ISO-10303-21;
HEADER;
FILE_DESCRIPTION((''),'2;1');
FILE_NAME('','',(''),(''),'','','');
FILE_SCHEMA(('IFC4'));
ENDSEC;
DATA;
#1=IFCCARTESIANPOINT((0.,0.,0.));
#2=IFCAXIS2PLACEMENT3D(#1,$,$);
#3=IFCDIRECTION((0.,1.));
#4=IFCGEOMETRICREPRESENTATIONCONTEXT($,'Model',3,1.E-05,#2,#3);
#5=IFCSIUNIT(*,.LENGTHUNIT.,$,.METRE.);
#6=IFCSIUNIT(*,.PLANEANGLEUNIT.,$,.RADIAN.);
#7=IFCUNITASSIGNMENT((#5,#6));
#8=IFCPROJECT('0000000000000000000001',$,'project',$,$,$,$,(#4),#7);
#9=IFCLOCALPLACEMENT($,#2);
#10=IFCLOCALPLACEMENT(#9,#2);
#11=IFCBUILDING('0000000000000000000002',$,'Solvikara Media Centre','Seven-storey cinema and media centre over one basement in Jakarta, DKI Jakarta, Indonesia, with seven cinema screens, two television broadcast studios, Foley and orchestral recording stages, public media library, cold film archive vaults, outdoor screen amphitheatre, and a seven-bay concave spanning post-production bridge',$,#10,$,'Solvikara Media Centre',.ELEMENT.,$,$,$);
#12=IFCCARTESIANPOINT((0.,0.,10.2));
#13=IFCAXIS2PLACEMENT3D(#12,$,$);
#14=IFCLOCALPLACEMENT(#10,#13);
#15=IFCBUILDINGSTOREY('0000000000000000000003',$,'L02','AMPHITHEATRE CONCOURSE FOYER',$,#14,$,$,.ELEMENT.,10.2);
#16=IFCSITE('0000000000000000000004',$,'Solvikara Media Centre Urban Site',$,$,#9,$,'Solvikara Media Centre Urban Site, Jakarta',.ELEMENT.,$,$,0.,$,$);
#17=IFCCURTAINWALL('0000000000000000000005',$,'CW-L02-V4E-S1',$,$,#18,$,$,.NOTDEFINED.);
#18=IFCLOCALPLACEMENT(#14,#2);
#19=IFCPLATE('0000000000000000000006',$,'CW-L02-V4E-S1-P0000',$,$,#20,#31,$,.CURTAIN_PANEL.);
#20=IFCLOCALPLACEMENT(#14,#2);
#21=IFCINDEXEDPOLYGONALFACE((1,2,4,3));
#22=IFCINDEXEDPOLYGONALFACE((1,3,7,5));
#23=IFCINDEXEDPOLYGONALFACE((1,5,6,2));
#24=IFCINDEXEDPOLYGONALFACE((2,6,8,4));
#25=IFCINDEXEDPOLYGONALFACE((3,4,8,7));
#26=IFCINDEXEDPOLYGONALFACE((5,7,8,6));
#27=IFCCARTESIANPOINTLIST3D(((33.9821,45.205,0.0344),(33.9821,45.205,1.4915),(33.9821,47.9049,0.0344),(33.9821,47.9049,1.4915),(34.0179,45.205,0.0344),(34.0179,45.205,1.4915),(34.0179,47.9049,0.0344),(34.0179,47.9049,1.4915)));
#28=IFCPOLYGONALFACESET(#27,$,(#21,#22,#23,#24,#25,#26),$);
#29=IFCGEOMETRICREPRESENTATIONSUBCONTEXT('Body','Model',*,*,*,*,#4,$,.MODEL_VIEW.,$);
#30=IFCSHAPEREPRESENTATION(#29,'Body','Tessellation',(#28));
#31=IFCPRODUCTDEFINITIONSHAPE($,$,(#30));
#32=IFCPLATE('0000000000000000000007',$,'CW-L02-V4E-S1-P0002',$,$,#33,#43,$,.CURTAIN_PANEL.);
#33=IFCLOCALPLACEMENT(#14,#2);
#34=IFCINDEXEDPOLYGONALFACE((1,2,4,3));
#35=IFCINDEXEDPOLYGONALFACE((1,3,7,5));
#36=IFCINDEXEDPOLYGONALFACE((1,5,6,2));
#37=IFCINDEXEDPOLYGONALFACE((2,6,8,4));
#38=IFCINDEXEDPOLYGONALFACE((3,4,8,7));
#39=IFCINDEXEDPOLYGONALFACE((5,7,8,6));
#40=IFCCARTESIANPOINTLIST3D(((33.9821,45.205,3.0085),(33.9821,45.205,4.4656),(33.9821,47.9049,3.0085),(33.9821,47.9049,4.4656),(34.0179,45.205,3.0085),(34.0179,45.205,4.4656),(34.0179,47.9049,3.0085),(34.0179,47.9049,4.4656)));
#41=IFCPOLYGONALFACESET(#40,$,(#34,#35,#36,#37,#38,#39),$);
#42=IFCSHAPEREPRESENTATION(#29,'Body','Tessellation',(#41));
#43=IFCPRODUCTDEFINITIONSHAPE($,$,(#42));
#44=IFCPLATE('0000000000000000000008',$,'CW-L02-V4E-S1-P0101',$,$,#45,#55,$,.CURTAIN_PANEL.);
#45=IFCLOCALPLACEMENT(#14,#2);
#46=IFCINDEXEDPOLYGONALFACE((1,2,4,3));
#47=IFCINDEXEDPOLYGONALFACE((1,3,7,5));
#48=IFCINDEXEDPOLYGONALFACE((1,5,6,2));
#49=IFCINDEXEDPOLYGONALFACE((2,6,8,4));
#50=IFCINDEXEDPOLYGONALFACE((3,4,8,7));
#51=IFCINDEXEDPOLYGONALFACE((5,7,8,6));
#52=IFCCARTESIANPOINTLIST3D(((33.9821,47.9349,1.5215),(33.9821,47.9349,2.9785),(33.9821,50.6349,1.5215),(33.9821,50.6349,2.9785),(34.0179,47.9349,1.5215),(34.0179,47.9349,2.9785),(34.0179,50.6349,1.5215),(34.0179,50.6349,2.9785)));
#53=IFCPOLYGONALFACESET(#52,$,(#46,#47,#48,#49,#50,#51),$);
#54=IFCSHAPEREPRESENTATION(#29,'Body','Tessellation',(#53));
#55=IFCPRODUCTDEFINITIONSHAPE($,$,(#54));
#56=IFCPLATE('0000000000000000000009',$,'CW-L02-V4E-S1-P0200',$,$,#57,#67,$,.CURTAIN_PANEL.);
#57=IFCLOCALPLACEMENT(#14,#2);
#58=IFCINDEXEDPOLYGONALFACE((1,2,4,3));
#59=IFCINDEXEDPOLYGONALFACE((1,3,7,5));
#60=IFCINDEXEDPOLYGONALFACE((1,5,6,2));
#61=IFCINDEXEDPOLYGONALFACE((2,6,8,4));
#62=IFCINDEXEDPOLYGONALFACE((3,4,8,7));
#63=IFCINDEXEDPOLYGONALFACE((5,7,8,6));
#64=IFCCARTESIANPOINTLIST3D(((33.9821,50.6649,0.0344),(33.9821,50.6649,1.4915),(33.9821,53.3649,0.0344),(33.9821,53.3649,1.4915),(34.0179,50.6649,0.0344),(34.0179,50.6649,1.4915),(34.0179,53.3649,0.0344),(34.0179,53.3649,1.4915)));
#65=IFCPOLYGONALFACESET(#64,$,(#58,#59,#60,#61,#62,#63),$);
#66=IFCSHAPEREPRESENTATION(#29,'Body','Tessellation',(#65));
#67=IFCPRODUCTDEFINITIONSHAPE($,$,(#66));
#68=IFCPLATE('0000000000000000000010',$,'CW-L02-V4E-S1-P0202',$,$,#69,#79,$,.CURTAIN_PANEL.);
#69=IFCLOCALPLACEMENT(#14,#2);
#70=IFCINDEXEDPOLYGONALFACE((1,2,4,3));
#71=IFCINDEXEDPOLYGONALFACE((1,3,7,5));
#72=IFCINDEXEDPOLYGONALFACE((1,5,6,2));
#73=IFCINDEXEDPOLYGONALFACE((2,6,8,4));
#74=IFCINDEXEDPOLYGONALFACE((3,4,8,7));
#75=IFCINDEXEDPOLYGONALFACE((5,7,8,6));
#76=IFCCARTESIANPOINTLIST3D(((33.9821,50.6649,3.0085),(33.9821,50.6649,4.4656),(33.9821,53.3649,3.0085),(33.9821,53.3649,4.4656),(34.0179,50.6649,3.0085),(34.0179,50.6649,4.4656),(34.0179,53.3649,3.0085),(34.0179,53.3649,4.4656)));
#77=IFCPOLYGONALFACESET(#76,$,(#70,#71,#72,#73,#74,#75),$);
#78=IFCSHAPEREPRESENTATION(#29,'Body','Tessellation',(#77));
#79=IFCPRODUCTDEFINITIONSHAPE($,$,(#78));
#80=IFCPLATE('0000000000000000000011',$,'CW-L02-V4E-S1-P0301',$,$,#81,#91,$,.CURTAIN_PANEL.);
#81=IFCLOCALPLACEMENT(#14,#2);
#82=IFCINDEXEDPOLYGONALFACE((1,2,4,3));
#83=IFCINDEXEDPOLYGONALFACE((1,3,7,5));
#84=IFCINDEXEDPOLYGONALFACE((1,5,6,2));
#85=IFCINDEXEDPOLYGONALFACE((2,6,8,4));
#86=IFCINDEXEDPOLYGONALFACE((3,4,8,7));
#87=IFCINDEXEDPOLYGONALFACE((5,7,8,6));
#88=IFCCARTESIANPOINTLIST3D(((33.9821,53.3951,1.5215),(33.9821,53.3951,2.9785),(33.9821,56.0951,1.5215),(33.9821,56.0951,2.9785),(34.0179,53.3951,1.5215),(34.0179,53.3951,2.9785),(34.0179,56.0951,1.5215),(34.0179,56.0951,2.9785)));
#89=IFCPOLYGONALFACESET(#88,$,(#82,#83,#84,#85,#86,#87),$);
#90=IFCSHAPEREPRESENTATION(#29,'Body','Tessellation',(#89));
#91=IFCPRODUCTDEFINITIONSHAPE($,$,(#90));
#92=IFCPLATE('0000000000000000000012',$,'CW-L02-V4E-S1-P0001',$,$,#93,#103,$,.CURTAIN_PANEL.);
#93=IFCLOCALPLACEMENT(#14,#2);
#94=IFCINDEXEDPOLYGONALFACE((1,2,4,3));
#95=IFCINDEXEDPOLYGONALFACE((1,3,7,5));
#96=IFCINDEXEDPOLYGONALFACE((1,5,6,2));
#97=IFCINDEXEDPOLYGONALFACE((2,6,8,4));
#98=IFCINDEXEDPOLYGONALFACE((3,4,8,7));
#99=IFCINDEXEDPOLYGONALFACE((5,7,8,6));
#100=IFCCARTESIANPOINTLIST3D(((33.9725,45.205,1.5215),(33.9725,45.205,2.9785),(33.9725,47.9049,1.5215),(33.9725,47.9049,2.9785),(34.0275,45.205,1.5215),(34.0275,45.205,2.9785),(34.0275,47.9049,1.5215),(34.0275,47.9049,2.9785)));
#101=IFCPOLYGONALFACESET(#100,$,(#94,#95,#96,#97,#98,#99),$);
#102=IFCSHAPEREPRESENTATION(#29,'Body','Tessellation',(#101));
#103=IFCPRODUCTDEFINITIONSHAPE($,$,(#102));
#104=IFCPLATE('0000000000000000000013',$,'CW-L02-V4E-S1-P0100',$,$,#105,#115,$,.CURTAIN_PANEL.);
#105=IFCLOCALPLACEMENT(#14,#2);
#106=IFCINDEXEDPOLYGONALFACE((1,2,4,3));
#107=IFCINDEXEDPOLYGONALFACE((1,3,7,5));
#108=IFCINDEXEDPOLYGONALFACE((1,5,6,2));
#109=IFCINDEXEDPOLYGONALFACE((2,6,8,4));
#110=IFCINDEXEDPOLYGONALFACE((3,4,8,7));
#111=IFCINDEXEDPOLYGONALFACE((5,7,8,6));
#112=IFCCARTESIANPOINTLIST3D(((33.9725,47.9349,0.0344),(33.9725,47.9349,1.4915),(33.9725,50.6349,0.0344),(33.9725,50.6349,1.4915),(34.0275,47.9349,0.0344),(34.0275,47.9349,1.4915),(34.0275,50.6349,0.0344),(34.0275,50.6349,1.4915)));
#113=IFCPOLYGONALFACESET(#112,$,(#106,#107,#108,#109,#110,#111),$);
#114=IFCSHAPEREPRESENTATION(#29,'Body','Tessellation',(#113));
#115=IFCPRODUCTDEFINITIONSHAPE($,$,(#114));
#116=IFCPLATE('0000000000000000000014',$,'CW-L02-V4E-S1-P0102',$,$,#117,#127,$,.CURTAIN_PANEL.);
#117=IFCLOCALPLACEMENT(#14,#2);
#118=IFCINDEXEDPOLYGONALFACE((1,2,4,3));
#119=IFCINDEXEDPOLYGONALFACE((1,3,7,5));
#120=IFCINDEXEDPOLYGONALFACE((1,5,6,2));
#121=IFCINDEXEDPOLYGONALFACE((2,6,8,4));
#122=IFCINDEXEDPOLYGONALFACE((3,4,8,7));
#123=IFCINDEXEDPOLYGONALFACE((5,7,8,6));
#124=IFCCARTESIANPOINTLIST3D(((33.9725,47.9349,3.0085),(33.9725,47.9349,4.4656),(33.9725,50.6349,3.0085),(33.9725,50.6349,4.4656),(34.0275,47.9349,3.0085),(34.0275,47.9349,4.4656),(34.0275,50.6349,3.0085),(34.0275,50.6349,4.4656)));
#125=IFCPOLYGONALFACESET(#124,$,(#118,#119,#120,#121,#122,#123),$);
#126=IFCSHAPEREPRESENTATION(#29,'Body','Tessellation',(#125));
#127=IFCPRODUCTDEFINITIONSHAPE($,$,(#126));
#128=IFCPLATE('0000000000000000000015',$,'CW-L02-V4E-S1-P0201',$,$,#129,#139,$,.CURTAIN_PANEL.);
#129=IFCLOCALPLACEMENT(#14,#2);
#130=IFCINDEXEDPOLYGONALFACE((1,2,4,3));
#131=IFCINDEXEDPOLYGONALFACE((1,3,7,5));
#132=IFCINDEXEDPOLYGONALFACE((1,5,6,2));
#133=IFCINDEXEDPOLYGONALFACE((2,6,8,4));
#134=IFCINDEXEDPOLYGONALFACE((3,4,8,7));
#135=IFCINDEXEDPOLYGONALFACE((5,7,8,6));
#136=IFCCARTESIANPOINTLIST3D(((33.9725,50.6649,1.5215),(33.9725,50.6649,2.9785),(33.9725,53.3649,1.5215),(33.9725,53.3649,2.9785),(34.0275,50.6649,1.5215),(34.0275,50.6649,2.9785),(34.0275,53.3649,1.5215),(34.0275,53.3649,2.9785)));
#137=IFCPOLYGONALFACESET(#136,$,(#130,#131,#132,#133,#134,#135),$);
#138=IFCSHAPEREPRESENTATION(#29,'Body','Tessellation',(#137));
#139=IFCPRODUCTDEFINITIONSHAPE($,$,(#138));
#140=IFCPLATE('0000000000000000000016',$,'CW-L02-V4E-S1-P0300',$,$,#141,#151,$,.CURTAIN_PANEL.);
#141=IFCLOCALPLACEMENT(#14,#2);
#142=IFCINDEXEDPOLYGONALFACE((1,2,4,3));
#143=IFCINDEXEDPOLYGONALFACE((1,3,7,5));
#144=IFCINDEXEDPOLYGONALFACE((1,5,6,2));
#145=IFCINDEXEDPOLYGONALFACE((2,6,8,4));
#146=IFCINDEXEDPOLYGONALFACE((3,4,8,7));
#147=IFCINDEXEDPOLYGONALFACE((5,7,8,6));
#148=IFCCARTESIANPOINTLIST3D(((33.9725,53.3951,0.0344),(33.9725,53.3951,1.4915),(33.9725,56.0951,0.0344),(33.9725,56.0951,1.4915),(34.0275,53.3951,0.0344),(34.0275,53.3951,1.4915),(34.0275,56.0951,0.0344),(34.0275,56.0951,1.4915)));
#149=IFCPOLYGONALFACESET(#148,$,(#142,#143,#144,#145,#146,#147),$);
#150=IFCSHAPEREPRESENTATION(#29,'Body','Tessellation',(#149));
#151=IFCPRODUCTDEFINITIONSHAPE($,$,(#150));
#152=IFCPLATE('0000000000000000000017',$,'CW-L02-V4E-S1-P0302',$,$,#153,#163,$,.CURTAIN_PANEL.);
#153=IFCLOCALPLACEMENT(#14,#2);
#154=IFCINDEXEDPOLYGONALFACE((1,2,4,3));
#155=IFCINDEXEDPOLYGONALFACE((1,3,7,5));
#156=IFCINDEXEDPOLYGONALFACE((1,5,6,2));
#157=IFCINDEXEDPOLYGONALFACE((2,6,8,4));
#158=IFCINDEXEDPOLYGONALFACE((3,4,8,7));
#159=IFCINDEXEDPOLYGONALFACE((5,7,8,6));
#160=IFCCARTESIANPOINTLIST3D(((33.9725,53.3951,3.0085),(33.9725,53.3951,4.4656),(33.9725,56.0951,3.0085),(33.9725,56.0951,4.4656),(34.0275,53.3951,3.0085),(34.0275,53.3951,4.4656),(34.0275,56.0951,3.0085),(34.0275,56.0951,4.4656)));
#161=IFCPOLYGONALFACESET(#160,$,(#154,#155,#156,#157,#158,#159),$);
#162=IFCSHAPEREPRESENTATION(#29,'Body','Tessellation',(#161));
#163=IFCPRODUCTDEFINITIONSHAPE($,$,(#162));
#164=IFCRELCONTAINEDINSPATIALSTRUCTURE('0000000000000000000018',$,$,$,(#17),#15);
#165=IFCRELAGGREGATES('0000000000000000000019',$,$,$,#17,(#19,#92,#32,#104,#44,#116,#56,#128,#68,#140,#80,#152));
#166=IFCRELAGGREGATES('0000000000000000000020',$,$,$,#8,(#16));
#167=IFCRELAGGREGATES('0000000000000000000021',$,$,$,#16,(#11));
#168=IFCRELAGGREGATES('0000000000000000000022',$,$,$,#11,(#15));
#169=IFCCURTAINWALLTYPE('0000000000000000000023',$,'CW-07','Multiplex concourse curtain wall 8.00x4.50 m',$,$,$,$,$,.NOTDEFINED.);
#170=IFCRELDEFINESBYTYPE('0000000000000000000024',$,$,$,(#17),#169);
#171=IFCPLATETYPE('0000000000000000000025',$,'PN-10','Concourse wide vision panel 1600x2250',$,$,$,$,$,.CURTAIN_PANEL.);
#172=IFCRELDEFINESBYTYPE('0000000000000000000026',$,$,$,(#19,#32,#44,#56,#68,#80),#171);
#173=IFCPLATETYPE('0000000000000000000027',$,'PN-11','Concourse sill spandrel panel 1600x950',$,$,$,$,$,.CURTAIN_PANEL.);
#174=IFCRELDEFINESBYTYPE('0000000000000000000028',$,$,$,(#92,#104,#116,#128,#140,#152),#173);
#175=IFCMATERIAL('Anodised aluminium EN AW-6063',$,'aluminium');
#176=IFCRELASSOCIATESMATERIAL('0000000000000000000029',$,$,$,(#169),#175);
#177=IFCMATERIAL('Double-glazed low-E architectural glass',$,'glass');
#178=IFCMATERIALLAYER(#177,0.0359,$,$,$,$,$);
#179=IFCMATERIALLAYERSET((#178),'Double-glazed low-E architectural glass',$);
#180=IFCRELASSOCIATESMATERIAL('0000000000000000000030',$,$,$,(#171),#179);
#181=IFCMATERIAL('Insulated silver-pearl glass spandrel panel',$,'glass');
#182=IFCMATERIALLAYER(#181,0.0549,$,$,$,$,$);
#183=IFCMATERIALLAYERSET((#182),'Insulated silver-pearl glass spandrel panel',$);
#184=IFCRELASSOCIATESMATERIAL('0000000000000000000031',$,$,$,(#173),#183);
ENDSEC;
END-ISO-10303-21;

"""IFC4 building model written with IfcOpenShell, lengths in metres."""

from ifc_helpers import new_model, si_unit, direction, frame, origin, origin_2d, place, context, subcontext, project, spatial, rectangle, extrude, material, layer, layer_set, type_object, element, aggregate, save


model = new_model("IFC4")

# Units and contexts
model_context = context("Model", 3, precision=1e-05, world=origin(), true_north=direction((0.0, 1.0)))
body_context = subcontext(model_context, "Body", "Model", "MODEL_VIEW")
ifc_project = project(units=[si_unit("LENGTHUNIT", "METRE"), si_unit("PLANEANGLEUNIT", "RADIAN")], contexts=[model_context])

# Site, building, storey
site_placement = place(None, origin())
site = spatial("IfcSite", under=ifc_project, at=site_placement, Name="Solvikara Media Centre Urban Site", LongName="Solvikara Media Centre Urban Site, Jakarta", CompositionType="ELEMENT", RefElevation=0.0)
building_placement = place(site_placement, origin())
building = spatial("IfcBuilding", under=site, at=building_placement, Name="Solvikara Media Centre", Description="Seven-storey cinema and media centre over one basement in Jakarta, DKI Jakarta, Indonesia, with seven cinema screens, two television broadcast studios, Foley and orchestral recording stages, public media library, cold film archive vaults, outdoor screen amphitheatre, and a seven-bay concave spanning post-production bridge", LongName="Solvikara Media Centre", CompositionType="ELEMENT")
storey_placement = place(building_placement, frame((0.0, 0.0, 10.2)))
storey = spatial("IfcBuildingStorey", under=building, at=storey_placement, Name="L02", Description="AMPHITHEATRE CONCOURSE FOYER", CompositionType="ELEMENT", Elevation=10.2)

# Curtain wall
ifc_material_1 = material(Name="Anodised aluminium EN AW-6063", Category="aluminium")
curtain_wall_type = type_object("IfcCurtainWallType", Name="CW-07", Description="Multiplex concourse curtain wall 8.00x4.50 m", PredefinedType="NOTDEFINED", material=ifc_material_1)
curtain_wall_1_placement = place(storey_placement, origin())
curtain_wall_1 = element("IfcCurtainWall", 1, at=curtain_wall_1_placement, inside=storey, type_object=curtain_wall_type, Name="CW-L02-V4E-S1", PredefinedType="NOTDEFINED")

# Plates
ifc_material_2 = material(Name="Double-glazed low-E architectural glass", Category="glass")
ifc_layer_1 = layer(ifc_material_2, 0.0359)
ifc_layer_set_1 = layer_set([ifc_layer_1], Name="Double-glazed low-E architectural glass")
plate_type_1 = type_object("IfcPlateType", Name="PN-10", Description="Concourse wide vision panel 1600x2250", PredefinedType="CURTAIN_PANEL", material=ifc_layer_set_1)
plate_1_placement = place(storey_placement, frame((34.0, 46.5549, 0.0344), z_axis=(0.0, 0.0, 1.0), x_axis=(0.0, 1.0, 0.0)))
plate_1 = element("IfcPlate", 2, at=plate_1_placement, type_object=plate_type_1, Name="CW-L02-V4E-S1-P0000", PredefinedType="CURTAIN_PANEL", context=body_context, shape_type="SweptSolid", body=[
    extrude(rectangle(XDim=2.7, YDim=0.0359, at=origin_2d()), origin(), (0.0, 0.0, 1.0), 1.457),
])
plate_2_placement = place(storey_placement, frame((34.0, 46.5549, 3.0085), z_axis=(0.0, 0.0, 1.0), x_axis=(0.0, 1.0, 0.0)))
plate_2 = element("IfcPlate", 3, at=plate_2_placement, type_object=plate_type_1, Name="CW-L02-V4E-S1-P0002", PredefinedType="CURTAIN_PANEL", context=body_context, shape_type="SweptSolid", body=[
    extrude(rectangle(XDim=2.7, YDim=0.0359, at=origin_2d()), origin(), (0.0, 0.0, 1.0), 1.457),
])
plate_3_placement = place(storey_placement, frame((34.0, 49.2849, 1.5215), z_axis=(0.0, 0.0, 1.0), x_axis=(0.0, 1.0, 0.0)))
plate_3 = element("IfcPlate", 4, at=plate_3_placement, type_object=plate_type_1, Name="CW-L02-V4E-S1-P0101", PredefinedType="CURTAIN_PANEL", context=body_context, shape_type="SweptSolid", body=[
    extrude(rectangle(XDim=2.7, YDim=0.0359, at=origin_2d()), origin(), (0.0, 0.0, 1.0), 1.457),
])
plate_4_placement = place(storey_placement, frame((34.0, 52.0149, 0.0344), z_axis=(0.0, 0.0, 1.0), x_axis=(0.0, 1.0, 0.0)))
plate_4 = element("IfcPlate", 5, at=plate_4_placement, type_object=plate_type_1, Name="CW-L02-V4E-S1-P0200", PredefinedType="CURTAIN_PANEL", context=body_context, shape_type="SweptSolid", body=[
    extrude(rectangle(XDim=2.7, YDim=0.0359, at=origin_2d()), origin(), (0.0, 0.0, 1.0), 1.457),
])
plate_5_placement = place(storey_placement, frame((34.0, 52.0149, 3.0085), z_axis=(0.0, 0.0, 1.0), x_axis=(0.0, 1.0, 0.0)))
plate_5 = element("IfcPlate", 6, at=plate_5_placement, type_object=plate_type_1, Name="CW-L02-V4E-S1-P0202", PredefinedType="CURTAIN_PANEL", context=body_context, shape_type="SweptSolid", body=[
    extrude(rectangle(XDim=2.7, YDim=0.0359, at=origin_2d()), origin(), (0.0, 0.0, 1.0), 1.457),
])
plate_6_placement = place(storey_placement, frame((34.0, 54.7451, 1.5215), z_axis=(0.0, 0.0, 1.0), x_axis=(0.0, 1.0, 0.0)))
plate_6 = element("IfcPlate", 7, at=plate_6_placement, type_object=plate_type_1, Name="CW-L02-V4E-S1-P0301", PredefinedType="CURTAIN_PANEL", context=body_context, shape_type="SweptSolid", body=[
    extrude(rectangle(XDim=2.7, YDim=0.0359, at=origin_2d()), origin(), (0.0, 0.0, 1.0), 1.457),
])
ifc_material_3 = material(Name="Insulated silver-pearl glass spandrel panel", Category="glass")
ifc_layer_2 = layer(ifc_material_3, 0.0549)
ifc_layer_set_2 = layer_set([ifc_layer_2], Name="Insulated silver-pearl glass spandrel panel")
plate_type_2 = type_object("IfcPlateType", Name="PN-11", Description="Concourse sill spandrel panel 1600x950", PredefinedType="CURTAIN_PANEL", material=ifc_layer_set_2)
plate_7_placement = place(storey_placement, frame((34.0, 46.5549, 1.5215), z_axis=(0.0, 0.0, 1.0), x_axis=(0.0, 1.0, 0.0)))
plate_7 = element("IfcPlate", 8, at=plate_7_placement, type_object=plate_type_2, Name="CW-L02-V4E-S1-P0001", PredefinedType="CURTAIN_PANEL", context=body_context, shape_type="SweptSolid", body=[
    extrude(rectangle(XDim=2.7, YDim=0.0549, at=origin_2d()), origin(), (0.0, 0.0, 1.0), 1.457),
])
plate_8_placement = place(storey_placement, frame((34.0, 49.2849, 0.0344), z_axis=(0.0, 0.0, 1.0), x_axis=(0.0, 1.0, 0.0)))
plate_8 = element("IfcPlate", 9, at=plate_8_placement, type_object=plate_type_2, Name="CW-L02-V4E-S1-P0100", PredefinedType="CURTAIN_PANEL", context=body_context, shape_type="SweptSolid", body=[
    extrude(rectangle(XDim=2.7, YDim=0.0549, at=origin_2d()), origin(), (0.0, 0.0, 1.0), 1.457),
])
plate_9_placement = place(storey_placement, frame((34.0, 49.2849, 3.0085), z_axis=(0.0, 0.0, 1.0), x_axis=(0.0, 1.0, 0.0)))
plate_9 = element("IfcPlate", 10, at=plate_9_placement, type_object=plate_type_2, Name="CW-L02-V4E-S1-P0102", PredefinedType="CURTAIN_PANEL", context=body_context, shape_type="SweptSolid", body=[
    extrude(rectangle(XDim=2.7, YDim=0.0549, at=origin_2d()), origin(), (0.0, 0.0, 1.0), 1.457),
])
plate_10_placement = place(storey_placement, frame((34.0, 52.0149, 1.5215), z_axis=(0.0, 0.0, 1.0), x_axis=(0.0, 1.0, 0.0)))
plate_10 = element("IfcPlate", 11, at=plate_10_placement, type_object=plate_type_2, Name="CW-L02-V4E-S1-P0201", PredefinedType="CURTAIN_PANEL", context=body_context, shape_type="SweptSolid", body=[
    extrude(rectangle(XDim=2.7, YDim=0.0549, at=origin_2d()), origin(), (0.0, 0.0, 1.0), 1.457),
])
plate_11_placement = place(storey_placement, frame((34.0, 54.7451, 0.0344), z_axis=(0.0, 0.0, 1.0), x_axis=(0.0, 1.0, 0.0)))
plate_11 = element("IfcPlate", 12, at=plate_11_placement, type_object=plate_type_2, Name="CW-L02-V4E-S1-P0300", PredefinedType="CURTAIN_PANEL", context=body_context, shape_type="SweptSolid", body=[
    extrude(rectangle(XDim=2.7, YDim=0.0549, at=origin_2d()), origin(), (0.0, 0.0, 1.0), 1.457),
])
plate_12_placement = place(storey_placement, frame((34.0, 54.7451, 3.0085), z_axis=(0.0, 0.0, 1.0), x_axis=(0.0, 1.0, 0.0)))
plate_12 = element("IfcPlate", 13, at=plate_12_placement, type_object=plate_type_2, Name="CW-L02-V4E-S1-P0302", PredefinedType="CURTAIN_PANEL", context=body_context, shape_type="SweptSolid", body=[
    extrude(rectangle(XDim=2.7, YDim=0.0549, at=origin_2d()), origin(), (0.0, 0.0, 1.0), 1.457),
])
aggregate(curtain_wall_1, [plate_1, plate_7, plate_2, plate_8, plate_3, plate_9, plate_4, plate_10, plate_5, plate_11, plate_6, plate_12])

save(model, "model.ifc")
